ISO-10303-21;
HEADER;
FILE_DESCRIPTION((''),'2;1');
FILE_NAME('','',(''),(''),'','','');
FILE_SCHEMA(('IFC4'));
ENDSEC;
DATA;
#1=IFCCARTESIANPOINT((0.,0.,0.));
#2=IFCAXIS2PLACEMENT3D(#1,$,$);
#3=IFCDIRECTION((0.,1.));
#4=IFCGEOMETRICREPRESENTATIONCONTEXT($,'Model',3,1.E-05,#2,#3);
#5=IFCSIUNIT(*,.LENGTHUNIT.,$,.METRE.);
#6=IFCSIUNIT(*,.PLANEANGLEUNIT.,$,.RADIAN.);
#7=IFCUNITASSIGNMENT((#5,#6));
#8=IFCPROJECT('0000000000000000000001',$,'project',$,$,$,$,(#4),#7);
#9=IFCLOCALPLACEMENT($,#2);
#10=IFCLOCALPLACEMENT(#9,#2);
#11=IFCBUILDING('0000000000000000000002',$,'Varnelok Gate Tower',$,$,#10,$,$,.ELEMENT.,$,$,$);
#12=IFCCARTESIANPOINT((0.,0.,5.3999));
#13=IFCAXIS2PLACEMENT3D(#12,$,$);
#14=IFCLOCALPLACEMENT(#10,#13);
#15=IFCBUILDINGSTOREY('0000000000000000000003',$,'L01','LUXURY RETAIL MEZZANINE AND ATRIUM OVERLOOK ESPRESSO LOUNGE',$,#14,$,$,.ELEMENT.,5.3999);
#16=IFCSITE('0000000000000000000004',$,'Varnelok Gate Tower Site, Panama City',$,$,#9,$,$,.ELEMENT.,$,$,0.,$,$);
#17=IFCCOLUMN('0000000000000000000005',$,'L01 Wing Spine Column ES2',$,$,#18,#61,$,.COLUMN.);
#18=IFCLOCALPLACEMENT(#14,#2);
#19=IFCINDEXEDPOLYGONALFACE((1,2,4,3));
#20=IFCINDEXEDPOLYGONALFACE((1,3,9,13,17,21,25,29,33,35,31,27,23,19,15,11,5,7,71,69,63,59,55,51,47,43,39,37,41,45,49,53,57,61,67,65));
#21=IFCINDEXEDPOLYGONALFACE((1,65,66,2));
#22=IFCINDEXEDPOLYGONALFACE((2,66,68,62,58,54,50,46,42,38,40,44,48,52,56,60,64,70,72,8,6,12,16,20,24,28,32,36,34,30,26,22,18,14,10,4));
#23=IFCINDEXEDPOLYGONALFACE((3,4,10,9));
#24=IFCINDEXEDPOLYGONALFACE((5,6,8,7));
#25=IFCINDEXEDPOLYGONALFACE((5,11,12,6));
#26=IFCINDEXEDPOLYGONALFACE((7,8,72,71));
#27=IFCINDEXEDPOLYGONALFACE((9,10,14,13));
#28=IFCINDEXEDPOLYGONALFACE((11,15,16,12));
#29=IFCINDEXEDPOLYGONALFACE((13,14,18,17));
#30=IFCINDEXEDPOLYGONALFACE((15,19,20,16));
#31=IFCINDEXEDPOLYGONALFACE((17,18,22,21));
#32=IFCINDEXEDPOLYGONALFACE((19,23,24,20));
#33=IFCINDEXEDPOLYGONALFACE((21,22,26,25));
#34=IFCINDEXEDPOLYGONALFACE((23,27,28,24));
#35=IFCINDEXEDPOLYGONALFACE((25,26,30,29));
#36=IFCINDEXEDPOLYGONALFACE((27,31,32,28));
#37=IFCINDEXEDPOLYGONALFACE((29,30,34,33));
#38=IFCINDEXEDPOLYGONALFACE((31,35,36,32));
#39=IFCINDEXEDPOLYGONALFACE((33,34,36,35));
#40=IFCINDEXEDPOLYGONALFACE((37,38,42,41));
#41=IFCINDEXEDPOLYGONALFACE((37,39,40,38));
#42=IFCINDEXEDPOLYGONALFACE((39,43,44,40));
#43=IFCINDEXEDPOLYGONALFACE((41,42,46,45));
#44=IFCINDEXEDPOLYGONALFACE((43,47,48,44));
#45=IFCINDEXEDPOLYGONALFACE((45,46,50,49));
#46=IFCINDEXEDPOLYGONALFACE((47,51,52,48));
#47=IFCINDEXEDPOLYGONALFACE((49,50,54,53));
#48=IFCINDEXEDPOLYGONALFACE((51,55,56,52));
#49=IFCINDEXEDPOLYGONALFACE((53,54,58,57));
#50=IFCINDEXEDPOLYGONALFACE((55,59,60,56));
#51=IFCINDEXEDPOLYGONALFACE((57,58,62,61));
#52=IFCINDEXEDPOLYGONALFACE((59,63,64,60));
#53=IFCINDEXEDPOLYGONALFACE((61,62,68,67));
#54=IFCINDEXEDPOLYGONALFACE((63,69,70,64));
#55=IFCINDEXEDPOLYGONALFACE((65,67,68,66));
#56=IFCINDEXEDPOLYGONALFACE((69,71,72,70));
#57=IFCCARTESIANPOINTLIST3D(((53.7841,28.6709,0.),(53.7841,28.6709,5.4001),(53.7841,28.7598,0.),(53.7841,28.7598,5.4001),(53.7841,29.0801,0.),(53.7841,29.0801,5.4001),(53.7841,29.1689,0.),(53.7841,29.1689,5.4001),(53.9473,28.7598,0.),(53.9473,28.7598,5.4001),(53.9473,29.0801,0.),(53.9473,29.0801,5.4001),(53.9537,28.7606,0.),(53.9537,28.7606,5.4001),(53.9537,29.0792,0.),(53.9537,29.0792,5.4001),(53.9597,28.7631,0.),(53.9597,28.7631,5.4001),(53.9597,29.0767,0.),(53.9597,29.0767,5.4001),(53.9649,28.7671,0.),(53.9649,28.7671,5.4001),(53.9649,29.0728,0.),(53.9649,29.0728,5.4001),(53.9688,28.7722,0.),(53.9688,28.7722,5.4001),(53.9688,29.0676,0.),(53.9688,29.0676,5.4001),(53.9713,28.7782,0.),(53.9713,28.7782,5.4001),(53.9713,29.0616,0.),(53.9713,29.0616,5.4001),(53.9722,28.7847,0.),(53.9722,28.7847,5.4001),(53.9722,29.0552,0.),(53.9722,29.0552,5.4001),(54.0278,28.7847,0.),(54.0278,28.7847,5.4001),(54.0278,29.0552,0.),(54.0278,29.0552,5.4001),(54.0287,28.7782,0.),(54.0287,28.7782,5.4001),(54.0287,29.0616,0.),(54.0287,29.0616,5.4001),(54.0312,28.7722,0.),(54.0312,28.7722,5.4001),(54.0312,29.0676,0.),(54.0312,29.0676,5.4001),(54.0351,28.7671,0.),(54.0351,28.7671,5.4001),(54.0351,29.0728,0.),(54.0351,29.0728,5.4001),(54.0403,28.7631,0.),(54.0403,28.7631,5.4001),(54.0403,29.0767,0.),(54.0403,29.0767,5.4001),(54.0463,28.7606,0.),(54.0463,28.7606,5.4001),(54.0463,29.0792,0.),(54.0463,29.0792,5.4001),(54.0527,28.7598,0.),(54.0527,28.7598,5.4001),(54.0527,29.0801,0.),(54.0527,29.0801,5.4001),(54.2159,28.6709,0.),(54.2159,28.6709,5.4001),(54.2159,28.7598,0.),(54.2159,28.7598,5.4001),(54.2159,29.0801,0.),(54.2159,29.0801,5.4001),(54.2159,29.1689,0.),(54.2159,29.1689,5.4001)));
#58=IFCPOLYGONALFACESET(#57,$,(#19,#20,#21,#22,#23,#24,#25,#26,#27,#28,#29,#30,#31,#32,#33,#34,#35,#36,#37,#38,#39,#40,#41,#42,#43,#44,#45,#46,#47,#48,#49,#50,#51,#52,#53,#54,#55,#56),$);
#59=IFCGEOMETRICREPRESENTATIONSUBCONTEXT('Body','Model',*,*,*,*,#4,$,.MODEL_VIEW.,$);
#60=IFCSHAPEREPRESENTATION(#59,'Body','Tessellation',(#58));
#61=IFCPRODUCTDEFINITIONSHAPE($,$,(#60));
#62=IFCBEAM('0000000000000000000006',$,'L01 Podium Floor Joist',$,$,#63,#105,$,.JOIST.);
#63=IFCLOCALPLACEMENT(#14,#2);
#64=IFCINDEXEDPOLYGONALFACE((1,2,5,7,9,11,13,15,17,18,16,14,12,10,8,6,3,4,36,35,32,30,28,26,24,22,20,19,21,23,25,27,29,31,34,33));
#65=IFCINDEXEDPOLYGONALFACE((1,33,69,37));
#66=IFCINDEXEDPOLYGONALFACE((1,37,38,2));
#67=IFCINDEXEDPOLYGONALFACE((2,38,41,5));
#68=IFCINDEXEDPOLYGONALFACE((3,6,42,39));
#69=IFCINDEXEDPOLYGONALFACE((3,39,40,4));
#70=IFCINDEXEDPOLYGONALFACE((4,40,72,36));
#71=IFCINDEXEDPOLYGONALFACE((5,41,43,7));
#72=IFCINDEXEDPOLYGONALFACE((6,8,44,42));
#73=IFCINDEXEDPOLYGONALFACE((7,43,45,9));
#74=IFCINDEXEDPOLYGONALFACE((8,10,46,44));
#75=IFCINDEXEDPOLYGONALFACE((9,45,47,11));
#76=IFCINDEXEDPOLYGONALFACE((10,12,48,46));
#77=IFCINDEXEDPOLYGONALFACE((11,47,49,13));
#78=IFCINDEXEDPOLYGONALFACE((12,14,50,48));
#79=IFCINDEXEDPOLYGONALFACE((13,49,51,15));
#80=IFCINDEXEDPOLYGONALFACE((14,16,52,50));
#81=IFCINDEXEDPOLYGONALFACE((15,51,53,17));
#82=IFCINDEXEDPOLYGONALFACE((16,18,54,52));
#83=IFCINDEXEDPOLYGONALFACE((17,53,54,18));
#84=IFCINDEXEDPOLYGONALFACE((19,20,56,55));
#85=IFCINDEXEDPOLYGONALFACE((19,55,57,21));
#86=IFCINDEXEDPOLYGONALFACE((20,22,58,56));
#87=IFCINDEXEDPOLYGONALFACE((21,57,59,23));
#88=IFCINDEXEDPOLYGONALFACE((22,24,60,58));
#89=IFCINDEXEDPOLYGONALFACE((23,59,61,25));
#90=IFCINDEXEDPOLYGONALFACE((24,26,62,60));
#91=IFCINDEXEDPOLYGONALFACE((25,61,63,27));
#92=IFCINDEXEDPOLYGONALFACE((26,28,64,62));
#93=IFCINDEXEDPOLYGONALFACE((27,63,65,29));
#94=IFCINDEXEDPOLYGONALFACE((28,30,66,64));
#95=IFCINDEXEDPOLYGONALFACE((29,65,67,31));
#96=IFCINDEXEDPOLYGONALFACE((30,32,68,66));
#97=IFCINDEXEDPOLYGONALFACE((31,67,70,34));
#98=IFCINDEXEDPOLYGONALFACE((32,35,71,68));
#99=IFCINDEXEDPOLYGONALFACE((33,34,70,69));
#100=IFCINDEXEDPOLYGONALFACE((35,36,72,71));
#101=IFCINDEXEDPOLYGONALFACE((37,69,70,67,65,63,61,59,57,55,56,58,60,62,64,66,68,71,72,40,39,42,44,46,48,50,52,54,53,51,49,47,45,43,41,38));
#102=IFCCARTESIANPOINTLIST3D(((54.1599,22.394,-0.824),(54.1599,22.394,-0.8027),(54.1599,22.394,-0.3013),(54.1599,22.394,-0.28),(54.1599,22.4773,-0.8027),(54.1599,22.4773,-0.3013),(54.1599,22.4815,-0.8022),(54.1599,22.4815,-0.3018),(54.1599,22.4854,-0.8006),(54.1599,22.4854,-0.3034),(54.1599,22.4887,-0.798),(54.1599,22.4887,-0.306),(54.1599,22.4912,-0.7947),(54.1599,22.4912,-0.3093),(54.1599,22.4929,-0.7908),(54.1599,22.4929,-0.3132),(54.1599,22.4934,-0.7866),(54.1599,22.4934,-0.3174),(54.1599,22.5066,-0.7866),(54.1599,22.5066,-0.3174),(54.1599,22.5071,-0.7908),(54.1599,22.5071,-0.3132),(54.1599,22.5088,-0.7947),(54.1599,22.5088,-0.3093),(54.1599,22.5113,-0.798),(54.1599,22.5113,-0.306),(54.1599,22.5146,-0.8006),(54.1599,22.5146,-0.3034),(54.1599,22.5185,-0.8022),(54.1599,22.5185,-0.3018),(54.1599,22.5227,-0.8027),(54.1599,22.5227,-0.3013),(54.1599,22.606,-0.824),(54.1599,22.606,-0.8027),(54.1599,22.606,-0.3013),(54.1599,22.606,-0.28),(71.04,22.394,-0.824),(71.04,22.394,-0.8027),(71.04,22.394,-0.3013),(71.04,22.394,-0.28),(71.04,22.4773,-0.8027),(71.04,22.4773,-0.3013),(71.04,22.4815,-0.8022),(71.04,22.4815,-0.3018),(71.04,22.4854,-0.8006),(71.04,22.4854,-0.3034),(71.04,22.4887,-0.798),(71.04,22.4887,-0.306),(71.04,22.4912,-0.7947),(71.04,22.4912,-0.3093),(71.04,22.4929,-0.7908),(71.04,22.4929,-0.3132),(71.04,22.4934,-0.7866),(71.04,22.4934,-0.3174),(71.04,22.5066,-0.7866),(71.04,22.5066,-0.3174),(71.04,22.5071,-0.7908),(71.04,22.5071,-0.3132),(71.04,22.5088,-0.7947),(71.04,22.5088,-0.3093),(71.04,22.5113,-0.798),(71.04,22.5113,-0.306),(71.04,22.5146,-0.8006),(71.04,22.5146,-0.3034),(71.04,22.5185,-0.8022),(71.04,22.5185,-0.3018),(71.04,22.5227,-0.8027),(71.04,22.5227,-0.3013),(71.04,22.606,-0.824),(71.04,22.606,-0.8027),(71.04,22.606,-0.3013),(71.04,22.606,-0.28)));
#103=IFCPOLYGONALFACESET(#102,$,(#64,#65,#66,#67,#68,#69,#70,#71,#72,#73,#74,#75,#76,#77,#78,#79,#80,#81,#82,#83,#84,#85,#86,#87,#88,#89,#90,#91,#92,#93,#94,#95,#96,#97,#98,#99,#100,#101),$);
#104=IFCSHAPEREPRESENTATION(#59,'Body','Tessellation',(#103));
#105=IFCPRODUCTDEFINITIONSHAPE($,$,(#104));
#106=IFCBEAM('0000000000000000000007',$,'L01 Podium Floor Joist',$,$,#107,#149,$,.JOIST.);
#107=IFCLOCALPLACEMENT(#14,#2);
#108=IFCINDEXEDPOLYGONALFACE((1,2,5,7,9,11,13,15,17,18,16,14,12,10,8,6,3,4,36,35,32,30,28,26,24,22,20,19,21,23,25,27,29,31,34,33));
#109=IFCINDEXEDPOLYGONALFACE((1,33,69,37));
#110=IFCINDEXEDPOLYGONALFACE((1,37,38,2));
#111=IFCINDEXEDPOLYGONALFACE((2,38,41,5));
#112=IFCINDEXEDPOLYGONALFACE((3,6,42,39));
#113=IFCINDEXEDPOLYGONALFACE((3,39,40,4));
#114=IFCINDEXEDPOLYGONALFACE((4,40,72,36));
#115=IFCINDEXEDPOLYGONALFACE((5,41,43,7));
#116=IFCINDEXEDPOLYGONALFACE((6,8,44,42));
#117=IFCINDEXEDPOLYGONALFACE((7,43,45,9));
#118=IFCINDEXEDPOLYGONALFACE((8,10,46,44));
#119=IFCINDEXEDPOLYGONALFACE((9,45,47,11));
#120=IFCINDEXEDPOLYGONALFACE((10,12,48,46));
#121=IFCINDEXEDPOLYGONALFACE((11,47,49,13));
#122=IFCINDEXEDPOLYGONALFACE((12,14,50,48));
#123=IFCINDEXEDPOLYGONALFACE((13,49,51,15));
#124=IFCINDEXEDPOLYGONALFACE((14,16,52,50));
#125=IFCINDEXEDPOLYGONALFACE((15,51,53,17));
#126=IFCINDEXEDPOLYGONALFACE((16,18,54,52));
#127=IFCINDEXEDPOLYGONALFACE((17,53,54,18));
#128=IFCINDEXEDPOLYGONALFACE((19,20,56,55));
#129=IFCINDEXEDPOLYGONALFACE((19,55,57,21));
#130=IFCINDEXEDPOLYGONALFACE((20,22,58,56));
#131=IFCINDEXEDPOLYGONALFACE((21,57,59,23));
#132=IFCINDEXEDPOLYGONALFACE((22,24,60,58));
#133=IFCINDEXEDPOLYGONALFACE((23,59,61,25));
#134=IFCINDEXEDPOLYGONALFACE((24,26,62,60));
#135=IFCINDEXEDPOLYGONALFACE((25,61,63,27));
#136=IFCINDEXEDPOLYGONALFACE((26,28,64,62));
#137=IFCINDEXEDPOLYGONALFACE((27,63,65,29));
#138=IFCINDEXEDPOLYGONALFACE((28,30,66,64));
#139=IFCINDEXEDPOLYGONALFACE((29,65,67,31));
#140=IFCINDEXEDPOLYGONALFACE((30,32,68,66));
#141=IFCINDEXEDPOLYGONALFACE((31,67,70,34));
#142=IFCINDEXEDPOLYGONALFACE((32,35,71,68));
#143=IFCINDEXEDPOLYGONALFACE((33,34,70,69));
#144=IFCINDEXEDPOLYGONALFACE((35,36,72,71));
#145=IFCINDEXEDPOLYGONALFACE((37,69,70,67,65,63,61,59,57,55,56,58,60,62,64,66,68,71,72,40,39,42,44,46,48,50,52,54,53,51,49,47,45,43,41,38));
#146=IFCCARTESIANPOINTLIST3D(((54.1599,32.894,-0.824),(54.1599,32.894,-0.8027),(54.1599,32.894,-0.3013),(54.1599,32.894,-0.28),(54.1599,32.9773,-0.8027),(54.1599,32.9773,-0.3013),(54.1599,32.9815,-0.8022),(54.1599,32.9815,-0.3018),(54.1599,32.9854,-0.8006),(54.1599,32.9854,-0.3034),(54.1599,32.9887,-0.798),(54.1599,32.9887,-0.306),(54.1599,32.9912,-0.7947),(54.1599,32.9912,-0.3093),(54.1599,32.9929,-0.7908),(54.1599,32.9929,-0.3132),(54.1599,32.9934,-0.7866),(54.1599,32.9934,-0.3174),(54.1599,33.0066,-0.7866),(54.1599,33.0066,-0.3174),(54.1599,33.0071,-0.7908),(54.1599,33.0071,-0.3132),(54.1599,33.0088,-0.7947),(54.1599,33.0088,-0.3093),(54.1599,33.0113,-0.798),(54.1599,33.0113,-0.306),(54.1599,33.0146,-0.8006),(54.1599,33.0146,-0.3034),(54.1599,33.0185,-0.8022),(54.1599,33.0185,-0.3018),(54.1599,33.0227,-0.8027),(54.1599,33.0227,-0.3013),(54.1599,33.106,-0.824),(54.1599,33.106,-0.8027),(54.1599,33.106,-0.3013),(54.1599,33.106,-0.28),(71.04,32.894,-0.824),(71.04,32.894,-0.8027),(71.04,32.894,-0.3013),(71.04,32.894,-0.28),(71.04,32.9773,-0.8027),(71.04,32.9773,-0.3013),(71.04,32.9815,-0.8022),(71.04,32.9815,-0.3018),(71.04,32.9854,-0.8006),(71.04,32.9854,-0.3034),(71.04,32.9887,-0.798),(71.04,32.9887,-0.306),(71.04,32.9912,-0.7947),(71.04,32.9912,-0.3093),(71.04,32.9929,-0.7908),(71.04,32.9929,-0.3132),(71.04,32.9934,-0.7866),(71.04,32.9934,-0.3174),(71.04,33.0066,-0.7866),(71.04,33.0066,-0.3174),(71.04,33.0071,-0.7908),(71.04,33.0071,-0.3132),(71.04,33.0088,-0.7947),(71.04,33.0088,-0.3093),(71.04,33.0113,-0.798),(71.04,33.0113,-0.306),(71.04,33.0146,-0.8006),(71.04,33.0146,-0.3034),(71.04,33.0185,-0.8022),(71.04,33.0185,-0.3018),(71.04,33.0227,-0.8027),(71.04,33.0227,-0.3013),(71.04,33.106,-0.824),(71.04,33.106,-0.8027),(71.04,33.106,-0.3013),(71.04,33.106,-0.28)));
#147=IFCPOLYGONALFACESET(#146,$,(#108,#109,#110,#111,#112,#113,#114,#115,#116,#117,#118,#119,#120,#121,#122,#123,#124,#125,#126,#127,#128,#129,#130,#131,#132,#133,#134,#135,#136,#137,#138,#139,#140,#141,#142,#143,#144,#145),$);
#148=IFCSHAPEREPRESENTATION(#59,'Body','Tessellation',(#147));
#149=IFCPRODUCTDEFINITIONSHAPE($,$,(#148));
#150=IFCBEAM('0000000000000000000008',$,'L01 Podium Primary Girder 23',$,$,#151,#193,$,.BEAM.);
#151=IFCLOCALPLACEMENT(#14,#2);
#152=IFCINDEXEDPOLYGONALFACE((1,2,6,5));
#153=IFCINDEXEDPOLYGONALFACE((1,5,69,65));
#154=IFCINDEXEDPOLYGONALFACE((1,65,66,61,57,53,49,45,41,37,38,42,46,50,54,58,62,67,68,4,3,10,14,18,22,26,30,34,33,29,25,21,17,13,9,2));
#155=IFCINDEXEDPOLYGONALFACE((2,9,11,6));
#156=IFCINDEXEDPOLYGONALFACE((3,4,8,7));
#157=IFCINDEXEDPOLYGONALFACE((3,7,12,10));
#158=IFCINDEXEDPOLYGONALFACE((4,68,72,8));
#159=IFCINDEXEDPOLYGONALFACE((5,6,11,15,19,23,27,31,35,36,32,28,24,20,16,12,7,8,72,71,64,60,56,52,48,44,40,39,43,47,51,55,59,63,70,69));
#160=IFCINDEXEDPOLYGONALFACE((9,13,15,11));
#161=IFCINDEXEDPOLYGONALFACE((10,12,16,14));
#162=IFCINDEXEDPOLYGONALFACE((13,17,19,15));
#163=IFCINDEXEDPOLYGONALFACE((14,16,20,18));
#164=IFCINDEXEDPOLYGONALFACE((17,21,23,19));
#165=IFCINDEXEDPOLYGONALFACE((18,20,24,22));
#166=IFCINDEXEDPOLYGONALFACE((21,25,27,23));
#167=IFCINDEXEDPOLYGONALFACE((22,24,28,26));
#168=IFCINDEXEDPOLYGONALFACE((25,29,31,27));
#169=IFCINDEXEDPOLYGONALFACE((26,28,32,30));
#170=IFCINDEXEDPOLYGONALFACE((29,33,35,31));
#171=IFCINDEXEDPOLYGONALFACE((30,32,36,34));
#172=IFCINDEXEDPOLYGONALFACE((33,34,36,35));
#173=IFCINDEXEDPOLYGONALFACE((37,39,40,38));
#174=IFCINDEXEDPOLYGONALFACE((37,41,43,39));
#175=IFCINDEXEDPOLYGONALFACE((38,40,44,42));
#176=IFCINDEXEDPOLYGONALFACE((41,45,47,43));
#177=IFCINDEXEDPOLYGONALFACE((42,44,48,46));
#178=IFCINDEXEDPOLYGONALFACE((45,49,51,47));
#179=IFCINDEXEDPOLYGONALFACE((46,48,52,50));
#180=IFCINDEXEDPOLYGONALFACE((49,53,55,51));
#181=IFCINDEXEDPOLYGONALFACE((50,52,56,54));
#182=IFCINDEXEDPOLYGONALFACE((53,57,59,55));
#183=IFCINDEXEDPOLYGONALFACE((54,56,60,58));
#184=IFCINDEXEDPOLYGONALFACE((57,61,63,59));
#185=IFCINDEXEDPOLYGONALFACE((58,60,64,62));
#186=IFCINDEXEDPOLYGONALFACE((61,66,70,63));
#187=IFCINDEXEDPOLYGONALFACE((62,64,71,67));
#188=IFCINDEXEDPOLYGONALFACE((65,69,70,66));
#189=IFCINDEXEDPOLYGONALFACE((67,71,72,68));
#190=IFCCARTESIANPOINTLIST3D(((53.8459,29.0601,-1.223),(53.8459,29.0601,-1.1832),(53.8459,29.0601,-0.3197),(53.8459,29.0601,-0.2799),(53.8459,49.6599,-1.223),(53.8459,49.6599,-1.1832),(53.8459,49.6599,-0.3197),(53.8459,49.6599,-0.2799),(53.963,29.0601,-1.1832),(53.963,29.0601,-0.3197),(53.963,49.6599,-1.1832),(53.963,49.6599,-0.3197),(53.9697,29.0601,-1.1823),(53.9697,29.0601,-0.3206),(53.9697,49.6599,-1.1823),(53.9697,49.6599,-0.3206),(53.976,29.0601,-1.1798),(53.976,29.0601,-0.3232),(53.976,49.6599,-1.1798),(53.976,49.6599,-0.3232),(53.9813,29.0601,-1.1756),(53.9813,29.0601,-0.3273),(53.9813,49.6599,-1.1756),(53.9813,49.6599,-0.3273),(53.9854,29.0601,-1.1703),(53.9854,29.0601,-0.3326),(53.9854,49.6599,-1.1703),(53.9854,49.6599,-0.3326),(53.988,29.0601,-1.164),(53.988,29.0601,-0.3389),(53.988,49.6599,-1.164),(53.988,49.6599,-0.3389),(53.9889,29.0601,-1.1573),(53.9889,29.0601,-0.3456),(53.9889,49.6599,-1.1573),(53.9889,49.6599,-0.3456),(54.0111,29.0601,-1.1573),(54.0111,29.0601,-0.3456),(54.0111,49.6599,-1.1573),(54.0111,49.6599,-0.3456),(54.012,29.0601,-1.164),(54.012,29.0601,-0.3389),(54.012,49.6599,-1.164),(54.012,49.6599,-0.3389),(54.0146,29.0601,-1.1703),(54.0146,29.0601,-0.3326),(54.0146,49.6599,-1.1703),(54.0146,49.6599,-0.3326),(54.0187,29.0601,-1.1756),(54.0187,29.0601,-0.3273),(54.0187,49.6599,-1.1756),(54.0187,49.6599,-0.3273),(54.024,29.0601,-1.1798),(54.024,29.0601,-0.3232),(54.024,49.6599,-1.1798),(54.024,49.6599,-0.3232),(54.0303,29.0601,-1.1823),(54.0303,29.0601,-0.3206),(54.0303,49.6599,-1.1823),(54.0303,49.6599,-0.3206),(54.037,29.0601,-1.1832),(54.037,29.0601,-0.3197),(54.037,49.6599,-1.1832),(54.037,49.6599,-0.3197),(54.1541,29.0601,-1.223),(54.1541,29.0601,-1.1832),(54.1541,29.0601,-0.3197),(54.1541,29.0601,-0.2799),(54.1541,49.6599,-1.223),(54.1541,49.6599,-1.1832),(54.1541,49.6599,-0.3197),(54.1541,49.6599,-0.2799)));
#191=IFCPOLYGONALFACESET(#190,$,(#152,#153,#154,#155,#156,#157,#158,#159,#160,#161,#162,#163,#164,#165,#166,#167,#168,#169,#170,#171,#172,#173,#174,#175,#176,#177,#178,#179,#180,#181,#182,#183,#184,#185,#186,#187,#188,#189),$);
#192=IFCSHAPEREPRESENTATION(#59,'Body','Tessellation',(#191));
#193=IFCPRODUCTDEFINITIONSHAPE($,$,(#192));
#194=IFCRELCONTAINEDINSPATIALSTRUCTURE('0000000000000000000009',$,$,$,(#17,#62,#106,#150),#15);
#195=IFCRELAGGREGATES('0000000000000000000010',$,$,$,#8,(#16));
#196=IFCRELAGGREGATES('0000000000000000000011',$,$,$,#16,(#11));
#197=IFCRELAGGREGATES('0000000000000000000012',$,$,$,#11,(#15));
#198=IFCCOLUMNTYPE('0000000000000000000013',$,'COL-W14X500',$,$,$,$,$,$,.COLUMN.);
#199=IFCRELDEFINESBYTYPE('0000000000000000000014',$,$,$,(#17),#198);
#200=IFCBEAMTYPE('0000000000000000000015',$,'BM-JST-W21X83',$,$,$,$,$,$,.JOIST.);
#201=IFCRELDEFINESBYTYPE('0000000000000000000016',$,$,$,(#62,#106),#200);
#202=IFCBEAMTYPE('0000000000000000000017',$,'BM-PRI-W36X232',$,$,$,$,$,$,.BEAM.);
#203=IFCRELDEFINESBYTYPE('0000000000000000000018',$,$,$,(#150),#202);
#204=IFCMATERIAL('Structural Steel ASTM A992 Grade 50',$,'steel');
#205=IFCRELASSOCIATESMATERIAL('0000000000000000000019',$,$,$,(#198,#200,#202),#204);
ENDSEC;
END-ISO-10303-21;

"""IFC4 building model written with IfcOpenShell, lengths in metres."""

from ifc_helpers import new_model, si_unit, direction, frame, origin, origin_2d, place, context, subcontext, project, spatial, i_section, extrude, material, material_profile, profile_set, type_object, element, save


model = new_model("IFC4")

# Units and contexts
model_context = context("Model", 3, precision=1e-05, world=origin(), true_north=direction((0.0, 1.0)))
body_context = subcontext(model_context, "Body", "Model", "MODEL_VIEW")
ifc_project = project(units=[si_unit("LENGTHUNIT", "METRE"), si_unit("PLANEANGLEUNIT", "RADIAN")], contexts=[model_context])

# Site, building, storey
site_placement = place(None, origin())
site = spatial("IfcSite", under=ifc_project, at=site_placement, Name="Varnelok Gate Tower Site, Panama City", CompositionType="ELEMENT", RefElevation=0.0)
building_placement = place(site_placement, origin())
building = spatial("IfcBuilding", under=site, at=building_placement, Name="Varnelok Gate Tower", CompositionType="ELEMENT")
storey_placement = place(building_placement, frame((0.0, 0.0, 5.3999)))
storey = spatial("IfcBuildingStorey", under=building, at=storey_placement, Name="L01", Description="LUXURY RETAIL MEZZANINE AND ATRIUM OVERLOOK ESPRESSO LOUNGE", CompositionType="ELEMENT", Elevation=5.3999)

# Column
ifc_material_1 = material(Name="Structural Steel ASTM A992 Grade 50", Category="steel")
ifc_material_profile_1 = material_profile(ifc_material_1, i_section(OverallWidth=0.4319, OverallDepth=0.498, WebThickness=0.0557, FlangeThickness=0.0889, FilletRadius=0.0249, at=origin_2d()), Name="W14X500")
ifc_profile_set_1 = profile_set([ifc_material_profile_1], Name="Structural Steel ASTM A992 Grade 50")
column_type = type_object("IfcColumnType", Name="COL-W14X500", PredefinedType="COLUMN", material=ifc_profile_set_1)
column_placement = place(storey_placement, frame((54.0, 28.9199, 0.0), z_axis=(0.0, 0.0, 1.0), x_axis=(1.0, 0.0, 0.0)))
element("IfcColumn", 1, at=column_placement, inside=storey, type_object=column_type, Name="L01 Wing Spine Column ES2", PredefinedType="COLUMN", context=body_context, shape_type="SweptSolid", body=[
    extrude(i_section(OverallWidth=0.4319, OverallDepth=0.498, WebThickness=0.0557, FlangeThickness=0.0889, FilletRadius=0.0249, at=origin_2d()), origin(), (0.0, 0.0, 1.0), 5.4001),
])

# Beams
ifc_material_profile_2 = material_profile(ifc_material_1, i_section(OverallWidth=0.2119, OverallDepth=0.5439, WebThickness=0.0132, FlangeThickness=0.0212, FilletRadius=0.0161, at=origin_2d()), Name="W21X83")
ifc_profile_set_2 = profile_set([ifc_material_profile_2], Name="Structural Steel ASTM A992 Grade 50")
beam_type_1 = type_object("IfcBeamType", Name="BM-JST-W21X83", PredefinedType="JOIST", material=ifc_profile_set_2)
for number, where, z_axis, x_axis, name in (
    (2, (54.1599, 22.5, -0.552), (1.0, 0.0, 0.0), (0.0, 1.0, 0.0), "L01 Podium Floor Joist"),
    (3, (54.1599, 33.0, -0.552), (1.0, 0.0, 0.0), (0.0, 1.0, 0.0), "L01 Podium Floor Joist"),
):
    element("IfcBeam", number, at=place(storey_placement, frame(where, z_axis=z_axis, x_axis=x_axis)), inside=storey, type_object=beam_type_1, Name=name, PredefinedType="JOIST", context=body_context, shape_type="SweptSolid", body=[
        extrude(i_section(OverallWidth=0.2119, OverallDepth=0.5439, WebThickness=0.0132, FlangeThickness=0.0212, FilletRadius=0.0161, at=origin_2d()), origin(), (0.0, 0.0, 1.0), 16.8801),
    ])
ifc_material_profile_3 = material_profile(ifc_material_1, i_section(OverallWidth=0.3081, OverallDepth=0.9431, WebThickness=0.0222, FlangeThickness=0.0398, FilletRadius=0.0259, at=origin_2d()), Name="W36X232")
ifc_profile_set_3 = profile_set([ifc_material_profile_3], Name="Structural Steel ASTM A992 Grade 50")
beam_type_2 = type_object("IfcBeamType", Name="BM-PRI-W36X232", PredefinedType="BEAM", material=ifc_profile_set_3)
beam_placement = place(storey_placement, frame((54.0, 29.0601, -0.7515), z_axis=(0.0, 1.0, 0.0), x_axis=(-1.0, 0.0, 0.0)))
element("IfcBeam", 4, at=beam_placement, inside=storey, type_object=beam_type_2, Name="L01 Podium Primary Girder 23", PredefinedType="BEAM", context=body_context, shape_type="SweptSolid", body=[
    extrude(i_section(OverallWidth=0.3081, OverallDepth=0.9431, WebThickness=0.0222, FlangeThickness=0.0398, FilletRadius=0.0259, at=origin_2d()), origin(), (0.0, 0.0, 1.0), 20.5999),
])

save(model, "model.ifc")
